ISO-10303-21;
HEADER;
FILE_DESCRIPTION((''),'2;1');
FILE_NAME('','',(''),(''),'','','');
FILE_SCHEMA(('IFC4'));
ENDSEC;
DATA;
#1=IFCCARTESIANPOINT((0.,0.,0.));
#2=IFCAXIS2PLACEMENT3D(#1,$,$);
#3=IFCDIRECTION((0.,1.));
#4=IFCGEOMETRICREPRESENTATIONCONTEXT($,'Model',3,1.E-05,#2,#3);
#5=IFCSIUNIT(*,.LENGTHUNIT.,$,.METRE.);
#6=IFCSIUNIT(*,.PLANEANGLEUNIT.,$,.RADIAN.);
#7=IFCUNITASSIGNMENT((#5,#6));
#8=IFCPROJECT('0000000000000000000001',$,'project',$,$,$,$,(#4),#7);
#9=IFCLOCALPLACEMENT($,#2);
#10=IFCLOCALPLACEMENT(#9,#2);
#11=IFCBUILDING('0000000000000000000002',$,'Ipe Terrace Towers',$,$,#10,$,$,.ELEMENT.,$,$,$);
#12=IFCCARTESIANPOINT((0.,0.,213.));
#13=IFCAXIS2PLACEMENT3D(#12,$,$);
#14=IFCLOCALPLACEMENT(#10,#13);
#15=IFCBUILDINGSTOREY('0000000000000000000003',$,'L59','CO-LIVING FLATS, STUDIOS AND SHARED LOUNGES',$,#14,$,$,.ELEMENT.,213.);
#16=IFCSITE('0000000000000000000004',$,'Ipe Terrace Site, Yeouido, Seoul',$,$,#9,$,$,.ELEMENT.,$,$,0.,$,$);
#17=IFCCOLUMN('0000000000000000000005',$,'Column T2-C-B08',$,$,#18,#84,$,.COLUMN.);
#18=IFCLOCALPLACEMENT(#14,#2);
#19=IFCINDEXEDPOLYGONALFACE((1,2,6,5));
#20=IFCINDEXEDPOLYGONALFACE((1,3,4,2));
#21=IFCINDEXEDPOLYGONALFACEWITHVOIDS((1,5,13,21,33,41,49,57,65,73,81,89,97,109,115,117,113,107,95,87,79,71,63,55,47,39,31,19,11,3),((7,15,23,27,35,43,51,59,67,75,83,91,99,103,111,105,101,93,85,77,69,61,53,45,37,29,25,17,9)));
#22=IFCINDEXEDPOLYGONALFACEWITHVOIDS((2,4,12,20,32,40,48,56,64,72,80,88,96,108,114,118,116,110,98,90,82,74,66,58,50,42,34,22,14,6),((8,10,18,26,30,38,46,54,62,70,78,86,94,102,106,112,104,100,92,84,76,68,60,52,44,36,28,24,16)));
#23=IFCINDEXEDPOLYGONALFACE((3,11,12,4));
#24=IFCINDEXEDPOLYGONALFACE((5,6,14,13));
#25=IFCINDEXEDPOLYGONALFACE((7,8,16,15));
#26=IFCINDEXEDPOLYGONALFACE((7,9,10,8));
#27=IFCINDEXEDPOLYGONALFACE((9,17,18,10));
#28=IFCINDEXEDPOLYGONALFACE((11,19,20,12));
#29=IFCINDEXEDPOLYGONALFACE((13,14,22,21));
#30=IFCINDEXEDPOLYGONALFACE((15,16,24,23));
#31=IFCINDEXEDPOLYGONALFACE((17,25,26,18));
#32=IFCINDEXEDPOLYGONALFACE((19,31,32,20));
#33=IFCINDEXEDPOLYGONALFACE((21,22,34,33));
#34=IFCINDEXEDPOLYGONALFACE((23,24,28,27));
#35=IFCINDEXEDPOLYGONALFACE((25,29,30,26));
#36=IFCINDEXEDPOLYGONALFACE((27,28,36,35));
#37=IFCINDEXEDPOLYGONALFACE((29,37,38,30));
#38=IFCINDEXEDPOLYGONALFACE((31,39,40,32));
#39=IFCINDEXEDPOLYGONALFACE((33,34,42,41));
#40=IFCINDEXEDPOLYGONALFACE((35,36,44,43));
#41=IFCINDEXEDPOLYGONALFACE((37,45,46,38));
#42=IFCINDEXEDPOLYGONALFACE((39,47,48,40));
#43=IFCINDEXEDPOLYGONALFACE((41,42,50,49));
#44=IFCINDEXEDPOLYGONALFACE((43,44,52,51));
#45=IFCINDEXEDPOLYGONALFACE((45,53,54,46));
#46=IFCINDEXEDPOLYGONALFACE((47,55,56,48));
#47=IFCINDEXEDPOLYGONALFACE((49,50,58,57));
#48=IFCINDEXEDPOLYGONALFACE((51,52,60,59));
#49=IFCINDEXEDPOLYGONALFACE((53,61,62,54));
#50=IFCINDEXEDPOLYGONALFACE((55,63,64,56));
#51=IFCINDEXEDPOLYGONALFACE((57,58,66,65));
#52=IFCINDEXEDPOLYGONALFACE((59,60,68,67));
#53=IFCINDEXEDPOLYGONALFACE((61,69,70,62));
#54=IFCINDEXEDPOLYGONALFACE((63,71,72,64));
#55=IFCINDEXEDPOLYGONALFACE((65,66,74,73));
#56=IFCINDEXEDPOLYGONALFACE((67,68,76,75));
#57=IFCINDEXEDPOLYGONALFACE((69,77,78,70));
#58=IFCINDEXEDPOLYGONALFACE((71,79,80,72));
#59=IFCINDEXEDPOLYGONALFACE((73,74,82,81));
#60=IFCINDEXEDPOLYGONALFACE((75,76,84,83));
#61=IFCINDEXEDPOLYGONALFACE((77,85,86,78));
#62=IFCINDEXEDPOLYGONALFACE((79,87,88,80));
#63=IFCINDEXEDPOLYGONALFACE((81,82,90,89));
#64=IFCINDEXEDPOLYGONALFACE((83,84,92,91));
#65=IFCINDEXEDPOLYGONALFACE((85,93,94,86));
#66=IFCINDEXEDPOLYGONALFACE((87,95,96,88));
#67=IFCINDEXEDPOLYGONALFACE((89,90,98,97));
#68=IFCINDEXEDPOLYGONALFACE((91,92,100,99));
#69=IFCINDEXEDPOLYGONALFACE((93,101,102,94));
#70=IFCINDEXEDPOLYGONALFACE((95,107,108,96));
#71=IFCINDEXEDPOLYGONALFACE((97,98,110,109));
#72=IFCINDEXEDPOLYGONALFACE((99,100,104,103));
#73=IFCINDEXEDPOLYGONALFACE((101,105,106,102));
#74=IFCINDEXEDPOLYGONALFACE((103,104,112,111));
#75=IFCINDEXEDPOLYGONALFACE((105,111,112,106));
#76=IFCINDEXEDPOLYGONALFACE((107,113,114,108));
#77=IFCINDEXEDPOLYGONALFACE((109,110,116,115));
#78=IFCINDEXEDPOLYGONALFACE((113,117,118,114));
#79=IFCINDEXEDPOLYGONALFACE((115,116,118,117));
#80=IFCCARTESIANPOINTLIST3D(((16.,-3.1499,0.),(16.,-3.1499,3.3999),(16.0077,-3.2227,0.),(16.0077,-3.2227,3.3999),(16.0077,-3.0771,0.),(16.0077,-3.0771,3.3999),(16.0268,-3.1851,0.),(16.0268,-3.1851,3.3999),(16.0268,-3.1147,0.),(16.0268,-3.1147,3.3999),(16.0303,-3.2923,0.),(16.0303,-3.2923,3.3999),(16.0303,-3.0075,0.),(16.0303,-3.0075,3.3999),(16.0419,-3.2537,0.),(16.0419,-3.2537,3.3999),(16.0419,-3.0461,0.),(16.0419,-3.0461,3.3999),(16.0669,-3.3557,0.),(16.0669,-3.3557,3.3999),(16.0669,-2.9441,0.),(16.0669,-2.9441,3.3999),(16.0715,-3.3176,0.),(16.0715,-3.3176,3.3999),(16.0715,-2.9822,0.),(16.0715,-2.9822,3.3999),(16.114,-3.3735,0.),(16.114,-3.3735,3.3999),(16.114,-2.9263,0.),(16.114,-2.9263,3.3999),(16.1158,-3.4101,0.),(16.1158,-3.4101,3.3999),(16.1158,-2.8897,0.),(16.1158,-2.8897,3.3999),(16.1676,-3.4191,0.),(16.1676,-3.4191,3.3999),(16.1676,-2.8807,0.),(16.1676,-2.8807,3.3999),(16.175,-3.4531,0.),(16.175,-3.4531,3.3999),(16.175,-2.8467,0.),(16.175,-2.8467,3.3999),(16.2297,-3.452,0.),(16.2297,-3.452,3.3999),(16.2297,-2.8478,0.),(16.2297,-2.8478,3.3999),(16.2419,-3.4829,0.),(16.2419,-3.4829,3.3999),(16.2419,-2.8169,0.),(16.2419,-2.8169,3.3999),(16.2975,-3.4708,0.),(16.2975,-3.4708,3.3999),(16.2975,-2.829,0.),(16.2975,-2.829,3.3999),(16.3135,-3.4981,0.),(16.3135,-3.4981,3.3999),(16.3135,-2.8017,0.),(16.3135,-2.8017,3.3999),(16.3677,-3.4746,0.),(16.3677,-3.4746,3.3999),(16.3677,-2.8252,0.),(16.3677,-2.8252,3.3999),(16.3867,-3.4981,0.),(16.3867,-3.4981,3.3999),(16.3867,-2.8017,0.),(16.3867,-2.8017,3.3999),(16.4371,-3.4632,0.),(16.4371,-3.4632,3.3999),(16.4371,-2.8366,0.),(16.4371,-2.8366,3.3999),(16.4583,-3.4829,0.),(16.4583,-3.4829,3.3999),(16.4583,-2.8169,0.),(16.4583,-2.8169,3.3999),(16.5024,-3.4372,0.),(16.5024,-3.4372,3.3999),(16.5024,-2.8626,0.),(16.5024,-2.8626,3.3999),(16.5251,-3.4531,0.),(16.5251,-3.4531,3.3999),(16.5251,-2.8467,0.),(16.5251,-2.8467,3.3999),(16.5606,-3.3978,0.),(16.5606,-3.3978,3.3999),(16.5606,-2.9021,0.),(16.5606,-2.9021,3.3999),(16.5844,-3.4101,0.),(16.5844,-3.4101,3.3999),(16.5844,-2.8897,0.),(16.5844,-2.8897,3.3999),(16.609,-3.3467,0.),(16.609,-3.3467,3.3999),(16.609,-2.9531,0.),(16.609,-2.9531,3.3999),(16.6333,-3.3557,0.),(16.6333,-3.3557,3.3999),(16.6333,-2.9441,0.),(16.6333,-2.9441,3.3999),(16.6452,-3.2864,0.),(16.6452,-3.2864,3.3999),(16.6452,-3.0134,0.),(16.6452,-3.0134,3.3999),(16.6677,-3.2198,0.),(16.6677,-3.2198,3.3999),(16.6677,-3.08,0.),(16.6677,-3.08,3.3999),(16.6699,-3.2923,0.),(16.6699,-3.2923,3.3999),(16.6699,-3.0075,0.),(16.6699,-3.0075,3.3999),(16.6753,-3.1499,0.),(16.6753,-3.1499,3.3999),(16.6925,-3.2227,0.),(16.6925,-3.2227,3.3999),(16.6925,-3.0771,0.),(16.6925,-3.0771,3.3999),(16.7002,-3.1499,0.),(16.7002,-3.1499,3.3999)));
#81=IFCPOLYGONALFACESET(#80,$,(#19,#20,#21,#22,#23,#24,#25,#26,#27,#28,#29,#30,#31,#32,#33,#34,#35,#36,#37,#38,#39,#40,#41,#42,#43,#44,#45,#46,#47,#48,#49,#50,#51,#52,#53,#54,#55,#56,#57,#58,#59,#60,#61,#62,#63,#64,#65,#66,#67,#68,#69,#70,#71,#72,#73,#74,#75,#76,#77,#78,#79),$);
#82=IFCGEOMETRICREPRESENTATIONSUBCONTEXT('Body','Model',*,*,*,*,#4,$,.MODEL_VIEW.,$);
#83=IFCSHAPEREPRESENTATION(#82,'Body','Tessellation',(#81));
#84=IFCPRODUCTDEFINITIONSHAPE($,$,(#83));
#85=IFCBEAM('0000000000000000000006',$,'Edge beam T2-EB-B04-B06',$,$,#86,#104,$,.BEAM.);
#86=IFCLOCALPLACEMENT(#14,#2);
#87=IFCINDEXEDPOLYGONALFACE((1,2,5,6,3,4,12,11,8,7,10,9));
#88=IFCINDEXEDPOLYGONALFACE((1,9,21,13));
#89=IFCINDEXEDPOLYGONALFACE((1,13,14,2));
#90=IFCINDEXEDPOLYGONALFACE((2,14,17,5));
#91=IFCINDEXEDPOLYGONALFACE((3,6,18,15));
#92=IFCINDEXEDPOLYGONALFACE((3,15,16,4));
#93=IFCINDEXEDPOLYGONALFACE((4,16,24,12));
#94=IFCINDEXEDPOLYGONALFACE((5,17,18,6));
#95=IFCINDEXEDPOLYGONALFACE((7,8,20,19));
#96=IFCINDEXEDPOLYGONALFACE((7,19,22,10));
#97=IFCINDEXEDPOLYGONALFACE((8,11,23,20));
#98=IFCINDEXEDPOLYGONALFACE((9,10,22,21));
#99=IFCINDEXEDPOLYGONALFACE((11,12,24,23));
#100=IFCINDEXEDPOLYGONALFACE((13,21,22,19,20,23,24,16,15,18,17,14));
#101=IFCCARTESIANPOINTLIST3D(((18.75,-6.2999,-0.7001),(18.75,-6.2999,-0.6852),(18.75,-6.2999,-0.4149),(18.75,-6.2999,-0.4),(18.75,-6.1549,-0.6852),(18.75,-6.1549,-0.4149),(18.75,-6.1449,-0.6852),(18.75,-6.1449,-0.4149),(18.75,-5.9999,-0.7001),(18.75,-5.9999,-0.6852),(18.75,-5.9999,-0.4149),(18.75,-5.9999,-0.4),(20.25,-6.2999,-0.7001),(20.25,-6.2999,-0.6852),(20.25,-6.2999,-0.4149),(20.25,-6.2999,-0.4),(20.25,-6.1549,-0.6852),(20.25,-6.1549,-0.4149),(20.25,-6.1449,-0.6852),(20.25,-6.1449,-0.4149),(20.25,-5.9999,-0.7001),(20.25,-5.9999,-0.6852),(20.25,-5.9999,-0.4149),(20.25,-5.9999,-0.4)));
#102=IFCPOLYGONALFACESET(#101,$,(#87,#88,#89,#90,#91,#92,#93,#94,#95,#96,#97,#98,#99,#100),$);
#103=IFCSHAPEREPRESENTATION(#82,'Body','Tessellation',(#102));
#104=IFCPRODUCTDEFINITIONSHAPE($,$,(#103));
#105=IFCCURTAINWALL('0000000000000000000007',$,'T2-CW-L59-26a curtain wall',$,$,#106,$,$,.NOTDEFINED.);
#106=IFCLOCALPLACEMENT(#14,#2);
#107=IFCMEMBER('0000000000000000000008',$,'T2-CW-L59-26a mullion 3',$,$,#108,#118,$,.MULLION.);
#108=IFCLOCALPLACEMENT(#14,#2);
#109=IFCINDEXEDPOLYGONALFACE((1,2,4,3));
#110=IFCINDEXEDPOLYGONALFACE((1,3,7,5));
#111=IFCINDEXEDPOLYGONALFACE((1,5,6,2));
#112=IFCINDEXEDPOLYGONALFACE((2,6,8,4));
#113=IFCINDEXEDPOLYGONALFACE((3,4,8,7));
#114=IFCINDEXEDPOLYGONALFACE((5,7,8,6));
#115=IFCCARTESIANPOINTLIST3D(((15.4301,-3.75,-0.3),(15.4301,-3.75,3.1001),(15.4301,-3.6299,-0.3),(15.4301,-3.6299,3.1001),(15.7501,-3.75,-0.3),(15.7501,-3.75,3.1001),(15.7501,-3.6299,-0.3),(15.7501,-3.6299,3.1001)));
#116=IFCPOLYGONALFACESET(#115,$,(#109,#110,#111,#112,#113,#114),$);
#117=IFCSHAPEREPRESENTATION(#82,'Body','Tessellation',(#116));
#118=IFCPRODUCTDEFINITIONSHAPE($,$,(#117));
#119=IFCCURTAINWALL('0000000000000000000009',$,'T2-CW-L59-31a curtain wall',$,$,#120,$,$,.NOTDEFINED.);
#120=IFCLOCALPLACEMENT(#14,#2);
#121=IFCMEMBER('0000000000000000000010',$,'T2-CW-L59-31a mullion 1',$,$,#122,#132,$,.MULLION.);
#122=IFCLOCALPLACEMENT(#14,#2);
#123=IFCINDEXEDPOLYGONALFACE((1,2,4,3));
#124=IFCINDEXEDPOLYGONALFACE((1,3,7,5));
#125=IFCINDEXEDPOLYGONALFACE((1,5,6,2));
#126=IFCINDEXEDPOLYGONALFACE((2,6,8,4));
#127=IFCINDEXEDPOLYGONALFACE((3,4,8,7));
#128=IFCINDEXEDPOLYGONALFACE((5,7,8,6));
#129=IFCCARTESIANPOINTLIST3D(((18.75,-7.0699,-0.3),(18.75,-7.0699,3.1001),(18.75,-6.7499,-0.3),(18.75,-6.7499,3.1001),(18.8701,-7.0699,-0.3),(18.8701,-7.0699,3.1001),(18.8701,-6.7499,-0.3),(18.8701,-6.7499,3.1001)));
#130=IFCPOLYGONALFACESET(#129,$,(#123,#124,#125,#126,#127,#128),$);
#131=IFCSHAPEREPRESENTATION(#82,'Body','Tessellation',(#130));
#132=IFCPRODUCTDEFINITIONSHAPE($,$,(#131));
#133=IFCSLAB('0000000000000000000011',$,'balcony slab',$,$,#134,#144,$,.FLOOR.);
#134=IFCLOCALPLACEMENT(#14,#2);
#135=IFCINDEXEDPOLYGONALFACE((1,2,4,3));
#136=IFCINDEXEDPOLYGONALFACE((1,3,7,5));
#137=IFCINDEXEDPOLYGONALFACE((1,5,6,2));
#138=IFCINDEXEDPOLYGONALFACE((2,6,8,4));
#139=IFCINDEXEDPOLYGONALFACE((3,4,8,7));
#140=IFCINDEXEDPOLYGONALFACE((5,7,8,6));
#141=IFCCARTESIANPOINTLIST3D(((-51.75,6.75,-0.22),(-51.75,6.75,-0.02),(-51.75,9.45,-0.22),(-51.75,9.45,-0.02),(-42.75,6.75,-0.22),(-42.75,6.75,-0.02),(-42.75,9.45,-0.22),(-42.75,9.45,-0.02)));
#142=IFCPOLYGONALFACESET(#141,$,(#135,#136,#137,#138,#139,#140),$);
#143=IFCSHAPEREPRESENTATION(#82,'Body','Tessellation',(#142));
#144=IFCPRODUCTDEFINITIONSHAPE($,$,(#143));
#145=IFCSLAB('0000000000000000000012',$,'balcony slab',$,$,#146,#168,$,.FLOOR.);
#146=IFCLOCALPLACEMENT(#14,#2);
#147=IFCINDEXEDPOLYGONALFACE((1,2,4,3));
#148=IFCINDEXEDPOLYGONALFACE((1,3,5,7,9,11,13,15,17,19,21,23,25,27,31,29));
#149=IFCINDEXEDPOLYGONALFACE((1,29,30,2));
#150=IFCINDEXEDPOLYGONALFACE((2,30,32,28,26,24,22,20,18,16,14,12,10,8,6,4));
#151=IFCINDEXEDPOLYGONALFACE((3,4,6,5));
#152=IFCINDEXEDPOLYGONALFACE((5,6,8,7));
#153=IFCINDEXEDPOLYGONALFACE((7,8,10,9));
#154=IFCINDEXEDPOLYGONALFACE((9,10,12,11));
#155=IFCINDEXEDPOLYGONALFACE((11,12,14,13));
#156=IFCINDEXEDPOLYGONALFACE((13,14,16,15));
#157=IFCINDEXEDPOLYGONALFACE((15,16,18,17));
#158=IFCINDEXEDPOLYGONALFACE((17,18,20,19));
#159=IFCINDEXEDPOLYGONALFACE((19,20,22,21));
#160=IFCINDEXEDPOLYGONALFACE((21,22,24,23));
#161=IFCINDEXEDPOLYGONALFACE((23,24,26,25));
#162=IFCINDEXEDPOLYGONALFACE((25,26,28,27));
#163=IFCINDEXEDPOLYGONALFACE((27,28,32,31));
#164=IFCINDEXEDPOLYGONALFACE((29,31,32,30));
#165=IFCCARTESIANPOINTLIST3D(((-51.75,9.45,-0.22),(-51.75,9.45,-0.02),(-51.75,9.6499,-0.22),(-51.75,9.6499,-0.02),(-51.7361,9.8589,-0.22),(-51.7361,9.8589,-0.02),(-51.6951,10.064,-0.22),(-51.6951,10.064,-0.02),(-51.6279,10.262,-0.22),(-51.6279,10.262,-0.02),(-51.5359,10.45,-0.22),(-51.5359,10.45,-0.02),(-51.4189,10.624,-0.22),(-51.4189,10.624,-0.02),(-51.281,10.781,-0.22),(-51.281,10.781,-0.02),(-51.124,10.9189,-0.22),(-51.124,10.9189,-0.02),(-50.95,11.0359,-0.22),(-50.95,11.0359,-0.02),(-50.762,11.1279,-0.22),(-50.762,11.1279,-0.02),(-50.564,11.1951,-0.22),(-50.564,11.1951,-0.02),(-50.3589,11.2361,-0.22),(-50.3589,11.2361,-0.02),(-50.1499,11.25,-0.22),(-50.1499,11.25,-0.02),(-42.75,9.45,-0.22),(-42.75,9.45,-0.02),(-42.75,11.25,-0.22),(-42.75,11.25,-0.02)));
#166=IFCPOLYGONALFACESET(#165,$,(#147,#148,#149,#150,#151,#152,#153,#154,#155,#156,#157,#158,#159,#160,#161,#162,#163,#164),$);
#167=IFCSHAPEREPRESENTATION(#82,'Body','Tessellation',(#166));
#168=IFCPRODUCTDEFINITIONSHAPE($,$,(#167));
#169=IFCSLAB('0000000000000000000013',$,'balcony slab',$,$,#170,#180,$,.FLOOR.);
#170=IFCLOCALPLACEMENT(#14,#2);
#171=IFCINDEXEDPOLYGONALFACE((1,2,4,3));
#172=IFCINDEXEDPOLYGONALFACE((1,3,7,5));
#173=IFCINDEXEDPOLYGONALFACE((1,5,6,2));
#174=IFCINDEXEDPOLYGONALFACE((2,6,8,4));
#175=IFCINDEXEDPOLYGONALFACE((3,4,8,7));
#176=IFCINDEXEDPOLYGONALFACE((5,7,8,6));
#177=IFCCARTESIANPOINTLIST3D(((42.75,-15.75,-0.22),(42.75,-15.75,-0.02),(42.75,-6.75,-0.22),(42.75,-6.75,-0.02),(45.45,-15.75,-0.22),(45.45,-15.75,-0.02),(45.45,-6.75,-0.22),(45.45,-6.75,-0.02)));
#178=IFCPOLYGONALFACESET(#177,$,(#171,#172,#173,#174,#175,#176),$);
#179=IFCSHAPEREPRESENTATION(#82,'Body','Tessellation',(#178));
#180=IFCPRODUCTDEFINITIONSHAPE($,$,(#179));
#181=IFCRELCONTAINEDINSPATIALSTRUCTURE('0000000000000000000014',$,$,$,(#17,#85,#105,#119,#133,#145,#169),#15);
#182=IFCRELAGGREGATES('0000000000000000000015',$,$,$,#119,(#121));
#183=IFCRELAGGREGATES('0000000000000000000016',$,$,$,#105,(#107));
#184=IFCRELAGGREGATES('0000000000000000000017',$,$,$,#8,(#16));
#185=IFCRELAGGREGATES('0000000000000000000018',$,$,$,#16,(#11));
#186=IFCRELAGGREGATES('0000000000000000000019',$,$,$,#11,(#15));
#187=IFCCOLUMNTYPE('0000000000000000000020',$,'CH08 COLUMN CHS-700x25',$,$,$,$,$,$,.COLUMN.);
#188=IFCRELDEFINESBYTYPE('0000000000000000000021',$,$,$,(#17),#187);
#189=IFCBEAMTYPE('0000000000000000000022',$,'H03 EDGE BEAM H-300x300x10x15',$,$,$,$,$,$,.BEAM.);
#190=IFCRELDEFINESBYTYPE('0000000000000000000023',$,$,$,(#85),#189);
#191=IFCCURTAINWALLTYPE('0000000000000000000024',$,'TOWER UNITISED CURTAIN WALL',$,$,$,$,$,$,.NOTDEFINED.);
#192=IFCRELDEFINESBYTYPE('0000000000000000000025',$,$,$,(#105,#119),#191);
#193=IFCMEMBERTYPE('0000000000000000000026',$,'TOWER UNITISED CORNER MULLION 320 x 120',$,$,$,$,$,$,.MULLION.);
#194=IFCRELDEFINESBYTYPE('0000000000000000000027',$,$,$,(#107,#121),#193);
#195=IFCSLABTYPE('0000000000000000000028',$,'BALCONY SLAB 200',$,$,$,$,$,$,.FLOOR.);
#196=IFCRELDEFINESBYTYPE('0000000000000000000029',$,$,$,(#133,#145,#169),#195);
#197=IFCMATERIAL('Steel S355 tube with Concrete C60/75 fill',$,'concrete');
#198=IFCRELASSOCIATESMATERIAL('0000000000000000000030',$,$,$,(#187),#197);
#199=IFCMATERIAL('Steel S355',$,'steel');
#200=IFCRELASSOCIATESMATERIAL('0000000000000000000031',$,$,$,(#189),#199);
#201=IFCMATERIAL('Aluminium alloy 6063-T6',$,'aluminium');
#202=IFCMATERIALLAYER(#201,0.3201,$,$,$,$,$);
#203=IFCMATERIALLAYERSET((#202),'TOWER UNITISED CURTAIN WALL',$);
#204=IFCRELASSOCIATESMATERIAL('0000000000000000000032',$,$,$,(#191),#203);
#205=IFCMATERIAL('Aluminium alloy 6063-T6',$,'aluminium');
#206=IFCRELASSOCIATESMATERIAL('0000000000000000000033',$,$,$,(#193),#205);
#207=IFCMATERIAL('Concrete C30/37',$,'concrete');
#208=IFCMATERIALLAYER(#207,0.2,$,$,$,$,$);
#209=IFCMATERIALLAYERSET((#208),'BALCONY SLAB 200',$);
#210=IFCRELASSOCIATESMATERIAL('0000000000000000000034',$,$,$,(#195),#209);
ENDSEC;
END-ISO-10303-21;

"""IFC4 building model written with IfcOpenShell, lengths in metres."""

from ifc_helpers import new_model, si_unit, direction, frame, origin, origin_2d, place, context, subcontext, project, spatial, polyline, rectangle, hollow_circle, i_section, outline, extrude, material, layer, layer_set, material_profile, profile_set, type_object, element, aggregate, save


model = new_model("IFC4")

# Units and contexts
model_context = context("Model", 3, precision=1e-05, world=origin(), true_north=direction((0.0, 1.0)))
body_context = subcontext(model_context, "Body", "Model", "MODEL_VIEW")
ifc_project = project(units=[si_unit("LENGTHUNIT", "METRE"), si_unit("PLANEANGLEUNIT", "RADIAN")], contexts=[model_context])

# Site, building, storey
site_placement = place(None, origin())
site = spatial("IfcSite", under=ifc_project, at=site_placement, Name="Ipe Terrace Site, Yeouido, Seoul", CompositionType="ELEMENT", RefElevation=0.0)
building_placement = place(site_placement, origin())
building = spatial("IfcBuilding", under=site, at=building_placement, Name="Ipe Terrace Towers", CompositionType="ELEMENT")
storey_placement = place(building_placement, frame((0.0, 0.0, 213.0)))
storey = spatial("IfcBuildingStorey", under=building, at=storey_placement, Name="L59", Description="CO-LIVING FLATS, STUDIOS AND SHARED LOUNGES", CompositionType="ELEMENT", Elevation=213.0)

# Column
ifc_material_1 = material(Name="Steel S355 tube with Concrete C60/75 fill", Category="concrete")
ifc_material_profile_1 = material_profile(ifc_material_1, hollow_circle(Radius=0.3501, WallThickness=0.0249, at=origin_2d()), Name="CHS-700x25")
ifc_profile_set_1 = profile_set([ifc_material_profile_1], Name="Steel S355 tube with Concrete C60/75 fill")
column_type = type_object("IfcColumnType", Name="CH08 COLUMN CHS-700x25", PredefinedType="COLUMN", material=ifc_profile_set_1)
for number, where, z_axis, x_axis, name in (
    (1, (16.3501, -3.1499, 0.0), (0.0, 0.0, 1.0), (1.0, 0.0, 0.0), "Column T2-C-B08"),
):
    element("IfcColumn", number, at=place(storey_placement, frame(where, z_axis=z_axis, x_axis=x_axis)), inside=storey, type_object=column_type, Name=name, PredefinedType="COLUMN", context=body_context, shape_type="SweptSolid", body=[
        extrude(hollow_circle(Radius=0.3501, WallThickness=0.0249, at=origin_2d()), origin(), (0.0, 0.0, 1.0), 3.3999),
    ])

# Beam
ifc_material_2 = material(Name="Steel S355", Category="steel")
ifc_material_profile_2 = material_profile(ifc_material_2, i_section(OverallWidth=0.3, OverallDepth=0.3, WebThickness=0.01, FlangeThickness=0.0149, at=origin_2d()), Name="H-300x300x10x15")
ifc_profile_set_2 = profile_set([ifc_material_profile_2], Name="Steel S355")
beam_type = type_object("IfcBeamType", Name="H03 EDGE BEAM H-300x300x10x15", PredefinedType="BEAM", material=ifc_profile_set_2)
beam_placement = place(storey_placement, frame((20.25, -6.1499, -0.55), z_axis=(-1.0, 0.0, 0.0), x_axis=(0.0, -1.0, 0.0)))
element("IfcBeam", 2, at=beam_placement, inside=storey, type_object=beam_type, Name="Edge beam T2-EB-B04-B06", PredefinedType="BEAM", context=body_context, shape_type="SweptSolid", body=[
    extrude(i_section(OverallWidth=0.3, OverallDepth=0.3, WebThickness=0.01, FlangeThickness=0.0149, at=origin_2d()), origin(), (0.0, 0.0, 1.0), 1.5),
])

# Curtain walls, members
ifc_material_3 = material(Name="Aluminium alloy 6063-T6", Category="aluminium")
ifc_layer_1 = layer(ifc_material_3, 0.3201)
ifc_layer_set_1 = layer_set([ifc_layer_1], Name="TOWER UNITISED CURTAIN WALL")
curtain_wall_type = type_object("IfcCurtainWallType", Name="TOWER UNITISED CURTAIN WALL", PredefinedType="NOTDEFINED", material=ifc_layer_set_1)
curtain_wall_1_placement = place(storey_placement, origin())
curtain_wall_1 = element("IfcCurtainWall", 3, at=curtain_wall_1_placement, inside=storey, type_object=curtain_wall_type, Name="T2-CW-L59-26a curtain wall", PredefinedType="NOTDEFINED")
ifc_material_4 = material(Name="Aluminium alloy 6063-T6", Category="aluminium")
ifc_material_profile_3 = material_profile(ifc_material_4, rectangle(XDim=0.3201, YDim=0.1201, at=origin_2d()), Name="TOWER UNITISED CORNER MULLION 320 x 120")
ifc_profile_set_3 = profile_set([ifc_material_profile_3], Name="Aluminium alloy 6063-T6")
member_type = type_object("IfcMemberType", Name="TOWER UNITISED CORNER MULLION 320 x 120", PredefinedType="MULLION", material=ifc_profile_set_3)
member_1_placement = place(storey_placement, frame((15.5901, -3.6899, -0.3), z_axis=(0.0, 0.0, 1.0), x_axis=(-1.0, 0.0, 0.0)))
member_1 = element("IfcMember", 4, at=member_1_placement, type_object=member_type, Name="T2-CW-L59-26a mullion 3", PredefinedType="MULLION", context=body_context, shape_type="SweptSolid", body=[
    extrude(rectangle(XDim=0.3201, YDim=0.1201, at=origin_2d()), origin(), (0.0, 0.0, 1.0), 3.4001),
])
curtain_wall_2_placement = place(storey_placement, origin())
curtain_wall_2 = element("IfcCurtainWall", 5, at=curtain_wall_2_placement, inside=storey, type_object=curtain_wall_type, Name="T2-CW-L59-31a curtain wall", PredefinedType="NOTDEFINED")
member_2_placement = place(storey_placement, frame((18.8101, -6.9099, -0.3), z_axis=(0.0, 0.0, 1.0), x_axis=(0.0, -1.0, 0.0)))
member_2 = element("IfcMember", 6, at=member_2_placement, type_object=member_type, Name="T2-CW-L59-31a mullion 1", PredefinedType="MULLION", context=body_context, shape_type="SweptSolid", body=[
    extrude(rectangle(XDim=0.3201, YDim=0.1201, at=origin_2d()), origin(), (0.0, 0.0, 1.0), 3.4001),
])
aggregate(curtain_wall_2, [member_2])

# Slabs
ifc_material_5 = material(Name="Concrete C30/37", Category="concrete")
ifc_layer_2 = layer(ifc_material_5, 0.2)
ifc_layer_set_2 = layer_set([ifc_layer_2], Name="BALCONY SLAB 200")
slab_type_1 = type_object("IfcSlabType", Name="BALCONY SLAB 200", PredefinedType="FLOOR", material=ifc_layer_set_2)
slab_1_placement = place(storey_placement, frame((0.0, 0.0, -0.22)))
element("IfcSlab", 7, at=slab_1_placement, inside=storey, type_object=slab_type_1, Name="balcony slab", PredefinedType="FLOOR", context=body_context, shape_type="SweptSolid", body=[
    extrude(outline(polyline([(-51.75, 6.75), (-42.75, 6.75), (-42.75, 9.45), (-51.75, 9.45), (-51.75, 6.75)])), origin(), (0.0, 0.0, 1.0), 0.2),
])
slab_2_placement = place(storey_placement, frame((0.0, 0.0, -0.22)))
element("IfcSlab", 8, at=slab_2_placement, inside=storey, type_object=slab_type_1, Name="balcony slab", PredefinedType="FLOOR", context=body_context, shape_type="SweptSolid", body=[
    extrude(outline(polyline([(-42.75, 11.25), (-50.1499, 11.25), (-50.3589, 11.2361), (-50.564, 11.1951), (-50.762, 11.1279), (-50.95, 11.0359), (-51.124, 10.9189), (-51.281, 10.781), (-51.4189, 10.624), (-51.5359, 10.45), (-51.6279, 10.262), (-51.6951, 10.064), (-51.7361, 9.8589), (-51.75, 9.6499), (-51.75, 9.45), (-42.75, 9.45), (-42.75, 11.25)])), origin(), (0.0, 0.0, 1.0), 0.2),
])
slab_3_placement = place(storey_placement, frame((0.0, 0.0, -0.22)))
element("IfcSlab", 9, at=slab_3_placement, inside=storey, type_object=slab_type_1, Name="balcony slab", PredefinedType="FLOOR", context=body_context, shape_type="SweptSolid", body=[
    extrude(outline(polyline([(42.75, -15.75), (45.45, -15.75), (45.45, -6.75), (42.75, -6.75), (42.75, -15.75)])), origin(), (0.0, 0.0, 1.0), 0.2),
])

aggregate(curtain_wall_1, [member_1])

save(model, "model.ifc")
